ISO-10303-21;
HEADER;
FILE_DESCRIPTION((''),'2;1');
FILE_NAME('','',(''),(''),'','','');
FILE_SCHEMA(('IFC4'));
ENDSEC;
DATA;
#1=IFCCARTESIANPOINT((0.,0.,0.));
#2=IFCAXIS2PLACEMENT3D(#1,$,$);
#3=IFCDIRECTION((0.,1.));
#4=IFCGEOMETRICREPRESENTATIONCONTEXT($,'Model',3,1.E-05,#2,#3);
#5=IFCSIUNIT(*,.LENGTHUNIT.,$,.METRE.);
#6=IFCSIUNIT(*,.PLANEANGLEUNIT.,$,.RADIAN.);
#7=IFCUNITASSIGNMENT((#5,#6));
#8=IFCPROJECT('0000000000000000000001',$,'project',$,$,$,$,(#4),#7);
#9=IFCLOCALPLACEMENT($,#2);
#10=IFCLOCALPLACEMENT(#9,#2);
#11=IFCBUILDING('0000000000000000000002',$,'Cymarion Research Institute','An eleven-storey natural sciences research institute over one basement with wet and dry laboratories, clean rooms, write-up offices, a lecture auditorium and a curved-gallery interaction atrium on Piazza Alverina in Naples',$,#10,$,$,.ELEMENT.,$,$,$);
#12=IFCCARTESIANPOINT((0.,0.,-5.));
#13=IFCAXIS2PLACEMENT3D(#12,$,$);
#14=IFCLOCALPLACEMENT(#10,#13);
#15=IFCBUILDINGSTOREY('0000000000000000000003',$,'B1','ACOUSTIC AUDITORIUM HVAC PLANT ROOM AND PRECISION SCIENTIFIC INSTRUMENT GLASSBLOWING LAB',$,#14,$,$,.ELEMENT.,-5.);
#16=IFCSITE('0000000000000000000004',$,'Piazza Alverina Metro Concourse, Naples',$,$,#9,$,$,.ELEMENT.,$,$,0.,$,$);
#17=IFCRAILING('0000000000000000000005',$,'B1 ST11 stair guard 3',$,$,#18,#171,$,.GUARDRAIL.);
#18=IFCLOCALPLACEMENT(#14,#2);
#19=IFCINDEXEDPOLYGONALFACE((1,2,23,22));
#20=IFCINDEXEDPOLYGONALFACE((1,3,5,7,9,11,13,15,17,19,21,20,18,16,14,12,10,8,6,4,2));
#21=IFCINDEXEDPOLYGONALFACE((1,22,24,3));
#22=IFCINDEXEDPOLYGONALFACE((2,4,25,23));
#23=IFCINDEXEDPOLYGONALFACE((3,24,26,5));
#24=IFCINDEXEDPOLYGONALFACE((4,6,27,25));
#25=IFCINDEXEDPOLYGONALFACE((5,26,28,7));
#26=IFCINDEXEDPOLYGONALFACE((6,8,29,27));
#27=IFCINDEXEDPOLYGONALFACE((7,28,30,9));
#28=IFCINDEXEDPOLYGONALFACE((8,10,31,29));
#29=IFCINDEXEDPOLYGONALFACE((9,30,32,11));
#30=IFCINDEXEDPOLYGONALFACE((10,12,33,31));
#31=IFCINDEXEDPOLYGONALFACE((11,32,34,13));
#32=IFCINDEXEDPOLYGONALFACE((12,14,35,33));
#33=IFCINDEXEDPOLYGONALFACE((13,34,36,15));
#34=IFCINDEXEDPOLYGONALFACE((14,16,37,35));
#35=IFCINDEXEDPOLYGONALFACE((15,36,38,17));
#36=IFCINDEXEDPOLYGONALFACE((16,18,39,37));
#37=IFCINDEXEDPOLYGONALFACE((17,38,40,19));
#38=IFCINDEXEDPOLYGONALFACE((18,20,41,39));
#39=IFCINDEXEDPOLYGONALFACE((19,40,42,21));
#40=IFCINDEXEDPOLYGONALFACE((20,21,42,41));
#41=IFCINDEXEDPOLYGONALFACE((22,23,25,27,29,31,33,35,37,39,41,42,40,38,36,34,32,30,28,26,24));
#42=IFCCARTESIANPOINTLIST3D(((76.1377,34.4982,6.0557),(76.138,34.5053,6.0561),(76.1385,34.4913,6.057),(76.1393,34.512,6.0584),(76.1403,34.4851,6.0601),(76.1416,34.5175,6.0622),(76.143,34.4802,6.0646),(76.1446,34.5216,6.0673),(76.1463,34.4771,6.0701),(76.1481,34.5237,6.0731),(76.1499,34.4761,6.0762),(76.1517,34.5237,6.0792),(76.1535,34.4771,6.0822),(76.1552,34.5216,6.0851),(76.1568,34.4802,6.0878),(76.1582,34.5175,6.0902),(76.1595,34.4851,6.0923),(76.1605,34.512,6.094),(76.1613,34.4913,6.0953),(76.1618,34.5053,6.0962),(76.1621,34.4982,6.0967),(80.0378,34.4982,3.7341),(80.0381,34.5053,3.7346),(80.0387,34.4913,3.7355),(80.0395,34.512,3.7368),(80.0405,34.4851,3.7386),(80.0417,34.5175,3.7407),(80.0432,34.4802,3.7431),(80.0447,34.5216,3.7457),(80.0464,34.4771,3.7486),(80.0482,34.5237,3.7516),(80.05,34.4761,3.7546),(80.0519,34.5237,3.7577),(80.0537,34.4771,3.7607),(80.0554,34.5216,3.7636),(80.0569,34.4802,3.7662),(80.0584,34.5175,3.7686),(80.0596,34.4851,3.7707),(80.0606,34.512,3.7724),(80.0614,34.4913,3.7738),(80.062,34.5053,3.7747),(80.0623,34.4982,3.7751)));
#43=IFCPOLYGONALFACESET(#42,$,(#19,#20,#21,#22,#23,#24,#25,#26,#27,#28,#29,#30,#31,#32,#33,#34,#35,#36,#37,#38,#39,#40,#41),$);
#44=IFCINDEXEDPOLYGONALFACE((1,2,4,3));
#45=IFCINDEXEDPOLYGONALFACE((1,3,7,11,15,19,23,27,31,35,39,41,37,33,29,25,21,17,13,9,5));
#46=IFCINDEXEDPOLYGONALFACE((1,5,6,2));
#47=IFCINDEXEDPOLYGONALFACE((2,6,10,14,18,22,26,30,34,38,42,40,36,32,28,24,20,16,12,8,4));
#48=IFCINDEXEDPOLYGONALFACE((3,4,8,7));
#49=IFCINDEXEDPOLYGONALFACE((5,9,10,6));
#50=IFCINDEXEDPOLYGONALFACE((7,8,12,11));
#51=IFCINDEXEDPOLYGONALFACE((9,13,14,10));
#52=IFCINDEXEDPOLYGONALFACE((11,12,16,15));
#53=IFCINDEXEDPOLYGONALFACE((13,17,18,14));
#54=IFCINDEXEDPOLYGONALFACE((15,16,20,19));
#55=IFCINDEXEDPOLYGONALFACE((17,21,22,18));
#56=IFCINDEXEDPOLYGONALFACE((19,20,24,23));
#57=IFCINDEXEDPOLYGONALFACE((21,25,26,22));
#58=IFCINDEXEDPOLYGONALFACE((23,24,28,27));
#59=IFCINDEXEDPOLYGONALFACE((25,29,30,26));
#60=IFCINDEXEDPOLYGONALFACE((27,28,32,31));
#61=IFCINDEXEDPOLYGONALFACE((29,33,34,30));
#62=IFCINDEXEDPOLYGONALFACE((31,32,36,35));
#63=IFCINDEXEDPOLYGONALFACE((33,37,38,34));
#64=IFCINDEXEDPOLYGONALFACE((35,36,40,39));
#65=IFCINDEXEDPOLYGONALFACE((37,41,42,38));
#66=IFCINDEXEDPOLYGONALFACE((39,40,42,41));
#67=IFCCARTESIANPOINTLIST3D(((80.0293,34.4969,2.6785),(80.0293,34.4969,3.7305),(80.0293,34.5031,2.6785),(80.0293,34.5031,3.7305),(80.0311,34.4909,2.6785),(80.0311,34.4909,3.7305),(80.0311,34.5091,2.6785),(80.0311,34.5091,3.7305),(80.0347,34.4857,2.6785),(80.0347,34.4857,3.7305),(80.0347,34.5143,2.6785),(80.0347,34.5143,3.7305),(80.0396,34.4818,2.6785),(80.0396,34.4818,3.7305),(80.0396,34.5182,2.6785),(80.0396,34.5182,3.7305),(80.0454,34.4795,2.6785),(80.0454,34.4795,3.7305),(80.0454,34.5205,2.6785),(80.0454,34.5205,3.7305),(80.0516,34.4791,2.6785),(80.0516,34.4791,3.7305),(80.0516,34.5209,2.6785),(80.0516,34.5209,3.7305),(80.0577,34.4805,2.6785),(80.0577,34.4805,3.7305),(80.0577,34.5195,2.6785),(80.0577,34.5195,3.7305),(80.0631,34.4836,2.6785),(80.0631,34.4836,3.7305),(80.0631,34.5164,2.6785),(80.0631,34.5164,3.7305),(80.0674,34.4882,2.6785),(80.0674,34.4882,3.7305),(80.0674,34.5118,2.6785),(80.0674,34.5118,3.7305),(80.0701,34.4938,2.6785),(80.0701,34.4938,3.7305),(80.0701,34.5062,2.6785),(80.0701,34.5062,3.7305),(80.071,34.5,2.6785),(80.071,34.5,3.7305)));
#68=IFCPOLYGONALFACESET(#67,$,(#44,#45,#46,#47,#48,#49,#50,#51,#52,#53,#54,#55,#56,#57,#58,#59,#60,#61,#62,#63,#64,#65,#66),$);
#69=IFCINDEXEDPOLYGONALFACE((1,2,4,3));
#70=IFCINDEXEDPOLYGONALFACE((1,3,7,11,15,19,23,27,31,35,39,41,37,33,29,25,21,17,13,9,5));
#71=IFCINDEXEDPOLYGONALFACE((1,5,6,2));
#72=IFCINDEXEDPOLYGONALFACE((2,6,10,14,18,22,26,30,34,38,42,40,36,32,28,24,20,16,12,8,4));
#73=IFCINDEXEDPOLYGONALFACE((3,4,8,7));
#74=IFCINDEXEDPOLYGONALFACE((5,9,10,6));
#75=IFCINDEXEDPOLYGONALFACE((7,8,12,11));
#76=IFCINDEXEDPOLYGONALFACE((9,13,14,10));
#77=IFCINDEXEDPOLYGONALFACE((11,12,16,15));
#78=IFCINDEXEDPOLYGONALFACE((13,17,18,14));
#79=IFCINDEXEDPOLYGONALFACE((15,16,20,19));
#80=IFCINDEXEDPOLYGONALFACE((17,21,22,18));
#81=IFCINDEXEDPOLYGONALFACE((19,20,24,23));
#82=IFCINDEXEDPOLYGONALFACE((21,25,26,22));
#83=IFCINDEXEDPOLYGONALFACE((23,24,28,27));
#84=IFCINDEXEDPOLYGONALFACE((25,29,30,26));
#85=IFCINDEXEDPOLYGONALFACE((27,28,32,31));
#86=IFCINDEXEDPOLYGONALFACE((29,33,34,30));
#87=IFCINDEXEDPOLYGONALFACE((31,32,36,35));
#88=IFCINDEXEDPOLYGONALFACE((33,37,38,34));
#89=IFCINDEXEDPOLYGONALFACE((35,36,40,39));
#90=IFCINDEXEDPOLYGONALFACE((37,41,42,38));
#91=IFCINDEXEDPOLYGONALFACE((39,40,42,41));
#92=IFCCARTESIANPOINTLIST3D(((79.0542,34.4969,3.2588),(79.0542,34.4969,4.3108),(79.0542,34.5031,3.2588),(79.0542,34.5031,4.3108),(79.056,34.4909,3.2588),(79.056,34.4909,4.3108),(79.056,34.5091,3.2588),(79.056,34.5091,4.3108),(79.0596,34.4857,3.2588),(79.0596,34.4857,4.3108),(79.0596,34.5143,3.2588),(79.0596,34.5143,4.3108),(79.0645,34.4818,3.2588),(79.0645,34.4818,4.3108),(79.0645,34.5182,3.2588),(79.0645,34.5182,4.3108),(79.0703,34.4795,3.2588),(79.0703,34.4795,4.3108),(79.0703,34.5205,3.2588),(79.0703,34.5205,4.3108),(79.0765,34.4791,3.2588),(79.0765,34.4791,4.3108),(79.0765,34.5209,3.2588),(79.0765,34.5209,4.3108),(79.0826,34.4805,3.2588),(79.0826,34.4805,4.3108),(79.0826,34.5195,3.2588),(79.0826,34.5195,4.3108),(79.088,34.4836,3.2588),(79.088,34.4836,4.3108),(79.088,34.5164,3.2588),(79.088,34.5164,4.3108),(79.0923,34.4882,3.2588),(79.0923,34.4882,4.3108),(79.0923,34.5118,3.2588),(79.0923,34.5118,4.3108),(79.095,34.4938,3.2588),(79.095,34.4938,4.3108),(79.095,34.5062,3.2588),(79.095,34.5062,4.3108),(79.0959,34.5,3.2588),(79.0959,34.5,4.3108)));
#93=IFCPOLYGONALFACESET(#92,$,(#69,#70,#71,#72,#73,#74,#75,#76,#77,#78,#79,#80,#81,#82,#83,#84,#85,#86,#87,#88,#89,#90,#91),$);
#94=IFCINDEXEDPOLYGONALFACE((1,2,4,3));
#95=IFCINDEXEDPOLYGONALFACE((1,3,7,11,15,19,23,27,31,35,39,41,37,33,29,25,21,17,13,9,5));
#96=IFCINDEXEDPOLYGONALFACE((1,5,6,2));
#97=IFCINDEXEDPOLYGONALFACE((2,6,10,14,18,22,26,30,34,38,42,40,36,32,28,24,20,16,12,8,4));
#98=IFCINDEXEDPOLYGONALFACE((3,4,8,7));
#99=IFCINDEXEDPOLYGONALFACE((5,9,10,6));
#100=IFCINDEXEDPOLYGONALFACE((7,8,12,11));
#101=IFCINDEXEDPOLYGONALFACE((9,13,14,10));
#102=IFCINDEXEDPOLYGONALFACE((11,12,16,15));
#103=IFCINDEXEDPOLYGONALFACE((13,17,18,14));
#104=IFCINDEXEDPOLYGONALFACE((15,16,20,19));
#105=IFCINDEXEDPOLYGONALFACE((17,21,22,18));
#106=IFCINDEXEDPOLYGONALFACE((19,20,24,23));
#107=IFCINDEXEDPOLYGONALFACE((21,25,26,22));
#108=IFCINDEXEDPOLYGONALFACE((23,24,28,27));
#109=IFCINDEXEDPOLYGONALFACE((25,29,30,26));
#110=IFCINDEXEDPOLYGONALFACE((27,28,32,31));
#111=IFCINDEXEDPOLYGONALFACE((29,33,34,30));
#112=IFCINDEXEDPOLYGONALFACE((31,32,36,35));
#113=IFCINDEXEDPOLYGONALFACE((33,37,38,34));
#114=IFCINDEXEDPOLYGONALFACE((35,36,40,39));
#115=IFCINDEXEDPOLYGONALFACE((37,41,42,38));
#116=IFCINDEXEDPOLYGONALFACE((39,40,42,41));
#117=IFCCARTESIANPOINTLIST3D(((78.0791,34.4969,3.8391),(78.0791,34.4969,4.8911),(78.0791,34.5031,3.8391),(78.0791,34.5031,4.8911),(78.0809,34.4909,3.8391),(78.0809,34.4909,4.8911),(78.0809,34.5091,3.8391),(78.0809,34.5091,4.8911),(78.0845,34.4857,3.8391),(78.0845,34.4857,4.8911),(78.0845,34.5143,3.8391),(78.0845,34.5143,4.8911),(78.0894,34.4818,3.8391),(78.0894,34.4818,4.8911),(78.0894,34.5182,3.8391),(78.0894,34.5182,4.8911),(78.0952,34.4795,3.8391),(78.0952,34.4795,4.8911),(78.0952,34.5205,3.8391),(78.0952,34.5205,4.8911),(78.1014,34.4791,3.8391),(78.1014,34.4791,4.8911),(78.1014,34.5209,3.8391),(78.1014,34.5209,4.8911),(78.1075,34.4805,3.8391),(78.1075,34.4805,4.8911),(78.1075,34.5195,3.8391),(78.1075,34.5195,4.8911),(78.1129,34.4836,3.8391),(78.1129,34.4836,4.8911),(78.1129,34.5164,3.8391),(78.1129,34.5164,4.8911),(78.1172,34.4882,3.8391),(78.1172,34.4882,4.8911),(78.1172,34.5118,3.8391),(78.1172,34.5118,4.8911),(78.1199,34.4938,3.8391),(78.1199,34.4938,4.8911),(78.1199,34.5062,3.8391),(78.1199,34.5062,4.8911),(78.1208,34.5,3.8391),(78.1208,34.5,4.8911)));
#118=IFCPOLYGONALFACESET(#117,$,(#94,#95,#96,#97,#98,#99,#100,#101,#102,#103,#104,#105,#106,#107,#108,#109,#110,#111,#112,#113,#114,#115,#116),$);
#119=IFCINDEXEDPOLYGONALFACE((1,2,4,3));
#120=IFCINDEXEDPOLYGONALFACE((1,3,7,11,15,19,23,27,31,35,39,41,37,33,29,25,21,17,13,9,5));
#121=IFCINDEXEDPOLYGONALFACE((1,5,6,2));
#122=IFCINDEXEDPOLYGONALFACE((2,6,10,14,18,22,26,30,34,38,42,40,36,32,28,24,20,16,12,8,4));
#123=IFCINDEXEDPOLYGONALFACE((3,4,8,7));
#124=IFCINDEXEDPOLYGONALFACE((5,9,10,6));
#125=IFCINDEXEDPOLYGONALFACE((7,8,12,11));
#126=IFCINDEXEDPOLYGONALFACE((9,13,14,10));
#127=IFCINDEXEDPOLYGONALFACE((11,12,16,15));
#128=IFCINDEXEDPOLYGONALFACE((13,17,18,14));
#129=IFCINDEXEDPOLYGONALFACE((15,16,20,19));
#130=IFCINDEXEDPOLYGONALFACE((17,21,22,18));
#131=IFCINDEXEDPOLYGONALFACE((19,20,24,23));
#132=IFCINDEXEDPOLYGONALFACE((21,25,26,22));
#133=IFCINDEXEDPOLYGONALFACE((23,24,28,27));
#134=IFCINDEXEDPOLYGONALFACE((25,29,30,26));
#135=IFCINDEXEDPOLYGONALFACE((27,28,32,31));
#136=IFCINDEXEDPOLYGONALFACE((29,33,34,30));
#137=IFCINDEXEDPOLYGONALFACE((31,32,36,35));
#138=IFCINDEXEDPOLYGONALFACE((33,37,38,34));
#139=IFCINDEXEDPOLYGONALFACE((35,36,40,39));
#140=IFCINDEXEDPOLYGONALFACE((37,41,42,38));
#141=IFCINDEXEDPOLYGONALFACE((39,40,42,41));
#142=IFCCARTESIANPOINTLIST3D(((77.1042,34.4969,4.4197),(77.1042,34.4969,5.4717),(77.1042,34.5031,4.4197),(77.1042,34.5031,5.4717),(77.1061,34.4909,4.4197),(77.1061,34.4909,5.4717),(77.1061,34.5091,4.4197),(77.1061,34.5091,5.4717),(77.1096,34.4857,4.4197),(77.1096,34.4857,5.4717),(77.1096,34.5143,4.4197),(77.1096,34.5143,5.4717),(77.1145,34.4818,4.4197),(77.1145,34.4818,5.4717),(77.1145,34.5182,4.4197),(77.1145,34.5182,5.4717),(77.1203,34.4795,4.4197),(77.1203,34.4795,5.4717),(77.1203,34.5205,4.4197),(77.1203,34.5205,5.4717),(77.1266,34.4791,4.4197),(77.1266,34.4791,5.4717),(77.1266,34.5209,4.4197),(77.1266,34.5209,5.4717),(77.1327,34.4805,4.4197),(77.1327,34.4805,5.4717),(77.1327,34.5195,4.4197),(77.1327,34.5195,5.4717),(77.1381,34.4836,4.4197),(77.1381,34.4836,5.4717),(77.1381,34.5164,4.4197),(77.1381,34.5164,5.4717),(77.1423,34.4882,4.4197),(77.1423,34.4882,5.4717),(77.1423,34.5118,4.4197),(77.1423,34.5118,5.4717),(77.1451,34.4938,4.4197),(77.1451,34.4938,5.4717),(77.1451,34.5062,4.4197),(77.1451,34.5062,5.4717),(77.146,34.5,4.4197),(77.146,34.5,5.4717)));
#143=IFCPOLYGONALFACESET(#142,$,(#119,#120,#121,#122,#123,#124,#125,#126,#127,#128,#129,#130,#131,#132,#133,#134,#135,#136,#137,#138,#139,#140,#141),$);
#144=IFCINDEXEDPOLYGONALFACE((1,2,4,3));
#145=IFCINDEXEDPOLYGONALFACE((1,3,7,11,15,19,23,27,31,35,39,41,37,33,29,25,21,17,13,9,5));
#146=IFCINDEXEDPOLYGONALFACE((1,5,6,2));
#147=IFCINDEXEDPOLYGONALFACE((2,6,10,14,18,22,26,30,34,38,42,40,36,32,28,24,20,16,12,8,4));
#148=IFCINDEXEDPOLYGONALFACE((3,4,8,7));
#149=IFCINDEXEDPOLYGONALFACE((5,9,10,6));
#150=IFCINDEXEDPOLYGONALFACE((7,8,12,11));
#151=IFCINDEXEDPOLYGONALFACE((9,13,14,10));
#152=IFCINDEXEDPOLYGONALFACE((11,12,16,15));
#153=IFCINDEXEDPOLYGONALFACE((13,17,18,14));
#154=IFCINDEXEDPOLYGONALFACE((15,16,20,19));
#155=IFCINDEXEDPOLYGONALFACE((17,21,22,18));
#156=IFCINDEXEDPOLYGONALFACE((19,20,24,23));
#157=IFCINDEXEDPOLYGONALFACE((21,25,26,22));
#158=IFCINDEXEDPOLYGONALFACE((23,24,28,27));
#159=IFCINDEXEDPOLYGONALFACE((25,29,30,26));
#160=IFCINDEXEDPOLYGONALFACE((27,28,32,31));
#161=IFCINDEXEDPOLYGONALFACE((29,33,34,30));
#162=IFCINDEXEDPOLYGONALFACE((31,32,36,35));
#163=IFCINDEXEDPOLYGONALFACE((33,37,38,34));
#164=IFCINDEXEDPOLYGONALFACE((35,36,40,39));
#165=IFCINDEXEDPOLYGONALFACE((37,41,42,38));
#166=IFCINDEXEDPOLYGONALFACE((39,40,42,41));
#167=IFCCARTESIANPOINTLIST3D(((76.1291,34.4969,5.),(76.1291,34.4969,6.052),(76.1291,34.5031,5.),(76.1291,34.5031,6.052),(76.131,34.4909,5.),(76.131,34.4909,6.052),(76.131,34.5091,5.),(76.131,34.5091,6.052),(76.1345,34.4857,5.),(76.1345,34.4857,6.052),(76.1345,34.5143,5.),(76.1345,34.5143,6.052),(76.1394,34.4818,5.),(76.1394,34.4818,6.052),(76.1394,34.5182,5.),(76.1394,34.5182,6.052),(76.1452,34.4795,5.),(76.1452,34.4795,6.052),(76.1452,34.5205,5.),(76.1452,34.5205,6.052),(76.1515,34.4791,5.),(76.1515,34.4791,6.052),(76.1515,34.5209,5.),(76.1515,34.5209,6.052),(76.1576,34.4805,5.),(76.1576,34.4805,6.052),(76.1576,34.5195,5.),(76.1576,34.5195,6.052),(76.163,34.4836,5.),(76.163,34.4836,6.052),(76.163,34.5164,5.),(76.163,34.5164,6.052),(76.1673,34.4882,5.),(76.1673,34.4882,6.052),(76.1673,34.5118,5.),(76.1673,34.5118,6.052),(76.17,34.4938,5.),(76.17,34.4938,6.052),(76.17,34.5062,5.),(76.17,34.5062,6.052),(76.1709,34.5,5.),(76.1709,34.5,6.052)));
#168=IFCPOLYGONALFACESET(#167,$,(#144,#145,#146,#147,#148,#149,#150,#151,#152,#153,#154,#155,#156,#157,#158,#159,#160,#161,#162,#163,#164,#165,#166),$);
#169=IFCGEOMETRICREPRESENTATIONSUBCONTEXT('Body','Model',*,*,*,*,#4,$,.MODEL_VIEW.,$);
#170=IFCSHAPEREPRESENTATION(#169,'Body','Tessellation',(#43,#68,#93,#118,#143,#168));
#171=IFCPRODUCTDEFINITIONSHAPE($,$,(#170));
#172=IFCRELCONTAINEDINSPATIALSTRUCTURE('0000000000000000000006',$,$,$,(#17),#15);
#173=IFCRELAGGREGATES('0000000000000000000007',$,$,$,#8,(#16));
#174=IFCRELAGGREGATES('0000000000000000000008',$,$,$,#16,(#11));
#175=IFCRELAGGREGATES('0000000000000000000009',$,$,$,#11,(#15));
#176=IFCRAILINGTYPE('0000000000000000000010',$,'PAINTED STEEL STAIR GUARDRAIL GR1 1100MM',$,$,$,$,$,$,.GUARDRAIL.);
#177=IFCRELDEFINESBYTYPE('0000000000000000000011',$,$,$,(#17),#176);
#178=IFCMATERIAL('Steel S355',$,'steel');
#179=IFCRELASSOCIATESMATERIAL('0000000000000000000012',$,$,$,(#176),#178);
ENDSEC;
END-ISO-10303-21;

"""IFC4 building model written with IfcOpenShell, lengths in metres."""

from ifc_helpers import new_model, si_unit, direction, frame, origin, origin_2d, place, context, subcontext, project, spatial, circle, extrude, material, type_object, element, save


model = new_model("IFC4")

# Units and contexts
model_context = context("Model", 3, precision=1e-05, world=origin(), true_north=direction((0.0, 1.0)))
body_context = subcontext(model_context, "Body", "Model", "MODEL_VIEW")
ifc_project = project(units=[si_unit("LENGTHUNIT", "METRE"), si_unit("PLANEANGLEUNIT", "RADIAN")], contexts=[model_context])

# Site, building, storey
site_placement = place(None, origin())
site = spatial("IfcSite", under=ifc_project, at=site_placement, Name="Piazza Alverina Metro Concourse, Naples", CompositionType="ELEMENT", RefElevation=0.0)
building_placement = place(site_placement, origin())
building = spatial("IfcBuilding", under=site, at=building_placement, Name="Cymarion Research Institute", Description="An eleven-storey natural sciences research institute over one basement with wet and dry laboratories, clean rooms, write-up offices, a lecture auditorium and a curved-gallery interaction atrium on Piazza Alverina in Naples", CompositionType="ELEMENT")
storey_placement = place(building_placement, frame((0.0, 0.0, -5.0)))
storey = spatial("IfcBuildingStorey", under=building, at=storey_placement, Name="B1", Description="ACOUSTIC AUDITORIUM HVAC PLANT ROOM AND PRECISION SCIENTIFIC INSTRUMENT GLASSBLOWING LAB", CompositionType="ELEMENT", Elevation=-5.0)

# Shared definitions
ifc_material_1 = material(Name="Steel S355", Category="steel")

# Railing
railing_type_1 = type_object("IfcRailingType", Name="PAINTED STEEL STAIR GUARDRAIL GR1 1100MM", PredefinedType="GUARDRAIL", material=ifc_material_1)
railing_1_placement = place(storey_placement, frame((80.05, 34.5, 2.6785)))
element("IfcRailing", 1, at=railing_1_placement, inside=storey, type_object=railing_type_1, Name="B1 ST11 stair guard 3", PredefinedType="GUARDRAIL", context=body_context, shape_type="SweptSolid", body=[
    extrude(circle(Radius=0.0239, at=origin_2d()), frame((0.0, 0.0, 1.0762), z_axis=(-0.859291, 0.0, 0.511487), x_axis=(0.0, -1.0, 0.0)), (0.0, 0.0, 1.0), 4.5388),
    extrude(circle(Radius=0.021, at=origin_2d()), origin(), (0.0, 0.0, 1.0), 1.052),
    extrude(circle(Radius=0.021, at=origin_2d()), frame((-0.9751, 0.0, 0.5803)), (0.0, 0.0, 1.0), 1.052),
    extrude(circle(Radius=0.021, at=origin_2d()), frame((-1.9502, 0.0, 1.1606)), (0.0, 0.0, 1.0), 1.052),
    extrude(circle(Radius=0.021, at=origin_2d()), frame((-2.925, 0.0, 1.7412)), (0.0, 0.0, 1.0), 1.052),
    extrude(circle(Radius=0.021, at=origin_2d()), frame((-3.9001, 0.0, 2.3215)), (0.0, 0.0, 1.0), 1.052),
])

save(model, "model.ifc")
